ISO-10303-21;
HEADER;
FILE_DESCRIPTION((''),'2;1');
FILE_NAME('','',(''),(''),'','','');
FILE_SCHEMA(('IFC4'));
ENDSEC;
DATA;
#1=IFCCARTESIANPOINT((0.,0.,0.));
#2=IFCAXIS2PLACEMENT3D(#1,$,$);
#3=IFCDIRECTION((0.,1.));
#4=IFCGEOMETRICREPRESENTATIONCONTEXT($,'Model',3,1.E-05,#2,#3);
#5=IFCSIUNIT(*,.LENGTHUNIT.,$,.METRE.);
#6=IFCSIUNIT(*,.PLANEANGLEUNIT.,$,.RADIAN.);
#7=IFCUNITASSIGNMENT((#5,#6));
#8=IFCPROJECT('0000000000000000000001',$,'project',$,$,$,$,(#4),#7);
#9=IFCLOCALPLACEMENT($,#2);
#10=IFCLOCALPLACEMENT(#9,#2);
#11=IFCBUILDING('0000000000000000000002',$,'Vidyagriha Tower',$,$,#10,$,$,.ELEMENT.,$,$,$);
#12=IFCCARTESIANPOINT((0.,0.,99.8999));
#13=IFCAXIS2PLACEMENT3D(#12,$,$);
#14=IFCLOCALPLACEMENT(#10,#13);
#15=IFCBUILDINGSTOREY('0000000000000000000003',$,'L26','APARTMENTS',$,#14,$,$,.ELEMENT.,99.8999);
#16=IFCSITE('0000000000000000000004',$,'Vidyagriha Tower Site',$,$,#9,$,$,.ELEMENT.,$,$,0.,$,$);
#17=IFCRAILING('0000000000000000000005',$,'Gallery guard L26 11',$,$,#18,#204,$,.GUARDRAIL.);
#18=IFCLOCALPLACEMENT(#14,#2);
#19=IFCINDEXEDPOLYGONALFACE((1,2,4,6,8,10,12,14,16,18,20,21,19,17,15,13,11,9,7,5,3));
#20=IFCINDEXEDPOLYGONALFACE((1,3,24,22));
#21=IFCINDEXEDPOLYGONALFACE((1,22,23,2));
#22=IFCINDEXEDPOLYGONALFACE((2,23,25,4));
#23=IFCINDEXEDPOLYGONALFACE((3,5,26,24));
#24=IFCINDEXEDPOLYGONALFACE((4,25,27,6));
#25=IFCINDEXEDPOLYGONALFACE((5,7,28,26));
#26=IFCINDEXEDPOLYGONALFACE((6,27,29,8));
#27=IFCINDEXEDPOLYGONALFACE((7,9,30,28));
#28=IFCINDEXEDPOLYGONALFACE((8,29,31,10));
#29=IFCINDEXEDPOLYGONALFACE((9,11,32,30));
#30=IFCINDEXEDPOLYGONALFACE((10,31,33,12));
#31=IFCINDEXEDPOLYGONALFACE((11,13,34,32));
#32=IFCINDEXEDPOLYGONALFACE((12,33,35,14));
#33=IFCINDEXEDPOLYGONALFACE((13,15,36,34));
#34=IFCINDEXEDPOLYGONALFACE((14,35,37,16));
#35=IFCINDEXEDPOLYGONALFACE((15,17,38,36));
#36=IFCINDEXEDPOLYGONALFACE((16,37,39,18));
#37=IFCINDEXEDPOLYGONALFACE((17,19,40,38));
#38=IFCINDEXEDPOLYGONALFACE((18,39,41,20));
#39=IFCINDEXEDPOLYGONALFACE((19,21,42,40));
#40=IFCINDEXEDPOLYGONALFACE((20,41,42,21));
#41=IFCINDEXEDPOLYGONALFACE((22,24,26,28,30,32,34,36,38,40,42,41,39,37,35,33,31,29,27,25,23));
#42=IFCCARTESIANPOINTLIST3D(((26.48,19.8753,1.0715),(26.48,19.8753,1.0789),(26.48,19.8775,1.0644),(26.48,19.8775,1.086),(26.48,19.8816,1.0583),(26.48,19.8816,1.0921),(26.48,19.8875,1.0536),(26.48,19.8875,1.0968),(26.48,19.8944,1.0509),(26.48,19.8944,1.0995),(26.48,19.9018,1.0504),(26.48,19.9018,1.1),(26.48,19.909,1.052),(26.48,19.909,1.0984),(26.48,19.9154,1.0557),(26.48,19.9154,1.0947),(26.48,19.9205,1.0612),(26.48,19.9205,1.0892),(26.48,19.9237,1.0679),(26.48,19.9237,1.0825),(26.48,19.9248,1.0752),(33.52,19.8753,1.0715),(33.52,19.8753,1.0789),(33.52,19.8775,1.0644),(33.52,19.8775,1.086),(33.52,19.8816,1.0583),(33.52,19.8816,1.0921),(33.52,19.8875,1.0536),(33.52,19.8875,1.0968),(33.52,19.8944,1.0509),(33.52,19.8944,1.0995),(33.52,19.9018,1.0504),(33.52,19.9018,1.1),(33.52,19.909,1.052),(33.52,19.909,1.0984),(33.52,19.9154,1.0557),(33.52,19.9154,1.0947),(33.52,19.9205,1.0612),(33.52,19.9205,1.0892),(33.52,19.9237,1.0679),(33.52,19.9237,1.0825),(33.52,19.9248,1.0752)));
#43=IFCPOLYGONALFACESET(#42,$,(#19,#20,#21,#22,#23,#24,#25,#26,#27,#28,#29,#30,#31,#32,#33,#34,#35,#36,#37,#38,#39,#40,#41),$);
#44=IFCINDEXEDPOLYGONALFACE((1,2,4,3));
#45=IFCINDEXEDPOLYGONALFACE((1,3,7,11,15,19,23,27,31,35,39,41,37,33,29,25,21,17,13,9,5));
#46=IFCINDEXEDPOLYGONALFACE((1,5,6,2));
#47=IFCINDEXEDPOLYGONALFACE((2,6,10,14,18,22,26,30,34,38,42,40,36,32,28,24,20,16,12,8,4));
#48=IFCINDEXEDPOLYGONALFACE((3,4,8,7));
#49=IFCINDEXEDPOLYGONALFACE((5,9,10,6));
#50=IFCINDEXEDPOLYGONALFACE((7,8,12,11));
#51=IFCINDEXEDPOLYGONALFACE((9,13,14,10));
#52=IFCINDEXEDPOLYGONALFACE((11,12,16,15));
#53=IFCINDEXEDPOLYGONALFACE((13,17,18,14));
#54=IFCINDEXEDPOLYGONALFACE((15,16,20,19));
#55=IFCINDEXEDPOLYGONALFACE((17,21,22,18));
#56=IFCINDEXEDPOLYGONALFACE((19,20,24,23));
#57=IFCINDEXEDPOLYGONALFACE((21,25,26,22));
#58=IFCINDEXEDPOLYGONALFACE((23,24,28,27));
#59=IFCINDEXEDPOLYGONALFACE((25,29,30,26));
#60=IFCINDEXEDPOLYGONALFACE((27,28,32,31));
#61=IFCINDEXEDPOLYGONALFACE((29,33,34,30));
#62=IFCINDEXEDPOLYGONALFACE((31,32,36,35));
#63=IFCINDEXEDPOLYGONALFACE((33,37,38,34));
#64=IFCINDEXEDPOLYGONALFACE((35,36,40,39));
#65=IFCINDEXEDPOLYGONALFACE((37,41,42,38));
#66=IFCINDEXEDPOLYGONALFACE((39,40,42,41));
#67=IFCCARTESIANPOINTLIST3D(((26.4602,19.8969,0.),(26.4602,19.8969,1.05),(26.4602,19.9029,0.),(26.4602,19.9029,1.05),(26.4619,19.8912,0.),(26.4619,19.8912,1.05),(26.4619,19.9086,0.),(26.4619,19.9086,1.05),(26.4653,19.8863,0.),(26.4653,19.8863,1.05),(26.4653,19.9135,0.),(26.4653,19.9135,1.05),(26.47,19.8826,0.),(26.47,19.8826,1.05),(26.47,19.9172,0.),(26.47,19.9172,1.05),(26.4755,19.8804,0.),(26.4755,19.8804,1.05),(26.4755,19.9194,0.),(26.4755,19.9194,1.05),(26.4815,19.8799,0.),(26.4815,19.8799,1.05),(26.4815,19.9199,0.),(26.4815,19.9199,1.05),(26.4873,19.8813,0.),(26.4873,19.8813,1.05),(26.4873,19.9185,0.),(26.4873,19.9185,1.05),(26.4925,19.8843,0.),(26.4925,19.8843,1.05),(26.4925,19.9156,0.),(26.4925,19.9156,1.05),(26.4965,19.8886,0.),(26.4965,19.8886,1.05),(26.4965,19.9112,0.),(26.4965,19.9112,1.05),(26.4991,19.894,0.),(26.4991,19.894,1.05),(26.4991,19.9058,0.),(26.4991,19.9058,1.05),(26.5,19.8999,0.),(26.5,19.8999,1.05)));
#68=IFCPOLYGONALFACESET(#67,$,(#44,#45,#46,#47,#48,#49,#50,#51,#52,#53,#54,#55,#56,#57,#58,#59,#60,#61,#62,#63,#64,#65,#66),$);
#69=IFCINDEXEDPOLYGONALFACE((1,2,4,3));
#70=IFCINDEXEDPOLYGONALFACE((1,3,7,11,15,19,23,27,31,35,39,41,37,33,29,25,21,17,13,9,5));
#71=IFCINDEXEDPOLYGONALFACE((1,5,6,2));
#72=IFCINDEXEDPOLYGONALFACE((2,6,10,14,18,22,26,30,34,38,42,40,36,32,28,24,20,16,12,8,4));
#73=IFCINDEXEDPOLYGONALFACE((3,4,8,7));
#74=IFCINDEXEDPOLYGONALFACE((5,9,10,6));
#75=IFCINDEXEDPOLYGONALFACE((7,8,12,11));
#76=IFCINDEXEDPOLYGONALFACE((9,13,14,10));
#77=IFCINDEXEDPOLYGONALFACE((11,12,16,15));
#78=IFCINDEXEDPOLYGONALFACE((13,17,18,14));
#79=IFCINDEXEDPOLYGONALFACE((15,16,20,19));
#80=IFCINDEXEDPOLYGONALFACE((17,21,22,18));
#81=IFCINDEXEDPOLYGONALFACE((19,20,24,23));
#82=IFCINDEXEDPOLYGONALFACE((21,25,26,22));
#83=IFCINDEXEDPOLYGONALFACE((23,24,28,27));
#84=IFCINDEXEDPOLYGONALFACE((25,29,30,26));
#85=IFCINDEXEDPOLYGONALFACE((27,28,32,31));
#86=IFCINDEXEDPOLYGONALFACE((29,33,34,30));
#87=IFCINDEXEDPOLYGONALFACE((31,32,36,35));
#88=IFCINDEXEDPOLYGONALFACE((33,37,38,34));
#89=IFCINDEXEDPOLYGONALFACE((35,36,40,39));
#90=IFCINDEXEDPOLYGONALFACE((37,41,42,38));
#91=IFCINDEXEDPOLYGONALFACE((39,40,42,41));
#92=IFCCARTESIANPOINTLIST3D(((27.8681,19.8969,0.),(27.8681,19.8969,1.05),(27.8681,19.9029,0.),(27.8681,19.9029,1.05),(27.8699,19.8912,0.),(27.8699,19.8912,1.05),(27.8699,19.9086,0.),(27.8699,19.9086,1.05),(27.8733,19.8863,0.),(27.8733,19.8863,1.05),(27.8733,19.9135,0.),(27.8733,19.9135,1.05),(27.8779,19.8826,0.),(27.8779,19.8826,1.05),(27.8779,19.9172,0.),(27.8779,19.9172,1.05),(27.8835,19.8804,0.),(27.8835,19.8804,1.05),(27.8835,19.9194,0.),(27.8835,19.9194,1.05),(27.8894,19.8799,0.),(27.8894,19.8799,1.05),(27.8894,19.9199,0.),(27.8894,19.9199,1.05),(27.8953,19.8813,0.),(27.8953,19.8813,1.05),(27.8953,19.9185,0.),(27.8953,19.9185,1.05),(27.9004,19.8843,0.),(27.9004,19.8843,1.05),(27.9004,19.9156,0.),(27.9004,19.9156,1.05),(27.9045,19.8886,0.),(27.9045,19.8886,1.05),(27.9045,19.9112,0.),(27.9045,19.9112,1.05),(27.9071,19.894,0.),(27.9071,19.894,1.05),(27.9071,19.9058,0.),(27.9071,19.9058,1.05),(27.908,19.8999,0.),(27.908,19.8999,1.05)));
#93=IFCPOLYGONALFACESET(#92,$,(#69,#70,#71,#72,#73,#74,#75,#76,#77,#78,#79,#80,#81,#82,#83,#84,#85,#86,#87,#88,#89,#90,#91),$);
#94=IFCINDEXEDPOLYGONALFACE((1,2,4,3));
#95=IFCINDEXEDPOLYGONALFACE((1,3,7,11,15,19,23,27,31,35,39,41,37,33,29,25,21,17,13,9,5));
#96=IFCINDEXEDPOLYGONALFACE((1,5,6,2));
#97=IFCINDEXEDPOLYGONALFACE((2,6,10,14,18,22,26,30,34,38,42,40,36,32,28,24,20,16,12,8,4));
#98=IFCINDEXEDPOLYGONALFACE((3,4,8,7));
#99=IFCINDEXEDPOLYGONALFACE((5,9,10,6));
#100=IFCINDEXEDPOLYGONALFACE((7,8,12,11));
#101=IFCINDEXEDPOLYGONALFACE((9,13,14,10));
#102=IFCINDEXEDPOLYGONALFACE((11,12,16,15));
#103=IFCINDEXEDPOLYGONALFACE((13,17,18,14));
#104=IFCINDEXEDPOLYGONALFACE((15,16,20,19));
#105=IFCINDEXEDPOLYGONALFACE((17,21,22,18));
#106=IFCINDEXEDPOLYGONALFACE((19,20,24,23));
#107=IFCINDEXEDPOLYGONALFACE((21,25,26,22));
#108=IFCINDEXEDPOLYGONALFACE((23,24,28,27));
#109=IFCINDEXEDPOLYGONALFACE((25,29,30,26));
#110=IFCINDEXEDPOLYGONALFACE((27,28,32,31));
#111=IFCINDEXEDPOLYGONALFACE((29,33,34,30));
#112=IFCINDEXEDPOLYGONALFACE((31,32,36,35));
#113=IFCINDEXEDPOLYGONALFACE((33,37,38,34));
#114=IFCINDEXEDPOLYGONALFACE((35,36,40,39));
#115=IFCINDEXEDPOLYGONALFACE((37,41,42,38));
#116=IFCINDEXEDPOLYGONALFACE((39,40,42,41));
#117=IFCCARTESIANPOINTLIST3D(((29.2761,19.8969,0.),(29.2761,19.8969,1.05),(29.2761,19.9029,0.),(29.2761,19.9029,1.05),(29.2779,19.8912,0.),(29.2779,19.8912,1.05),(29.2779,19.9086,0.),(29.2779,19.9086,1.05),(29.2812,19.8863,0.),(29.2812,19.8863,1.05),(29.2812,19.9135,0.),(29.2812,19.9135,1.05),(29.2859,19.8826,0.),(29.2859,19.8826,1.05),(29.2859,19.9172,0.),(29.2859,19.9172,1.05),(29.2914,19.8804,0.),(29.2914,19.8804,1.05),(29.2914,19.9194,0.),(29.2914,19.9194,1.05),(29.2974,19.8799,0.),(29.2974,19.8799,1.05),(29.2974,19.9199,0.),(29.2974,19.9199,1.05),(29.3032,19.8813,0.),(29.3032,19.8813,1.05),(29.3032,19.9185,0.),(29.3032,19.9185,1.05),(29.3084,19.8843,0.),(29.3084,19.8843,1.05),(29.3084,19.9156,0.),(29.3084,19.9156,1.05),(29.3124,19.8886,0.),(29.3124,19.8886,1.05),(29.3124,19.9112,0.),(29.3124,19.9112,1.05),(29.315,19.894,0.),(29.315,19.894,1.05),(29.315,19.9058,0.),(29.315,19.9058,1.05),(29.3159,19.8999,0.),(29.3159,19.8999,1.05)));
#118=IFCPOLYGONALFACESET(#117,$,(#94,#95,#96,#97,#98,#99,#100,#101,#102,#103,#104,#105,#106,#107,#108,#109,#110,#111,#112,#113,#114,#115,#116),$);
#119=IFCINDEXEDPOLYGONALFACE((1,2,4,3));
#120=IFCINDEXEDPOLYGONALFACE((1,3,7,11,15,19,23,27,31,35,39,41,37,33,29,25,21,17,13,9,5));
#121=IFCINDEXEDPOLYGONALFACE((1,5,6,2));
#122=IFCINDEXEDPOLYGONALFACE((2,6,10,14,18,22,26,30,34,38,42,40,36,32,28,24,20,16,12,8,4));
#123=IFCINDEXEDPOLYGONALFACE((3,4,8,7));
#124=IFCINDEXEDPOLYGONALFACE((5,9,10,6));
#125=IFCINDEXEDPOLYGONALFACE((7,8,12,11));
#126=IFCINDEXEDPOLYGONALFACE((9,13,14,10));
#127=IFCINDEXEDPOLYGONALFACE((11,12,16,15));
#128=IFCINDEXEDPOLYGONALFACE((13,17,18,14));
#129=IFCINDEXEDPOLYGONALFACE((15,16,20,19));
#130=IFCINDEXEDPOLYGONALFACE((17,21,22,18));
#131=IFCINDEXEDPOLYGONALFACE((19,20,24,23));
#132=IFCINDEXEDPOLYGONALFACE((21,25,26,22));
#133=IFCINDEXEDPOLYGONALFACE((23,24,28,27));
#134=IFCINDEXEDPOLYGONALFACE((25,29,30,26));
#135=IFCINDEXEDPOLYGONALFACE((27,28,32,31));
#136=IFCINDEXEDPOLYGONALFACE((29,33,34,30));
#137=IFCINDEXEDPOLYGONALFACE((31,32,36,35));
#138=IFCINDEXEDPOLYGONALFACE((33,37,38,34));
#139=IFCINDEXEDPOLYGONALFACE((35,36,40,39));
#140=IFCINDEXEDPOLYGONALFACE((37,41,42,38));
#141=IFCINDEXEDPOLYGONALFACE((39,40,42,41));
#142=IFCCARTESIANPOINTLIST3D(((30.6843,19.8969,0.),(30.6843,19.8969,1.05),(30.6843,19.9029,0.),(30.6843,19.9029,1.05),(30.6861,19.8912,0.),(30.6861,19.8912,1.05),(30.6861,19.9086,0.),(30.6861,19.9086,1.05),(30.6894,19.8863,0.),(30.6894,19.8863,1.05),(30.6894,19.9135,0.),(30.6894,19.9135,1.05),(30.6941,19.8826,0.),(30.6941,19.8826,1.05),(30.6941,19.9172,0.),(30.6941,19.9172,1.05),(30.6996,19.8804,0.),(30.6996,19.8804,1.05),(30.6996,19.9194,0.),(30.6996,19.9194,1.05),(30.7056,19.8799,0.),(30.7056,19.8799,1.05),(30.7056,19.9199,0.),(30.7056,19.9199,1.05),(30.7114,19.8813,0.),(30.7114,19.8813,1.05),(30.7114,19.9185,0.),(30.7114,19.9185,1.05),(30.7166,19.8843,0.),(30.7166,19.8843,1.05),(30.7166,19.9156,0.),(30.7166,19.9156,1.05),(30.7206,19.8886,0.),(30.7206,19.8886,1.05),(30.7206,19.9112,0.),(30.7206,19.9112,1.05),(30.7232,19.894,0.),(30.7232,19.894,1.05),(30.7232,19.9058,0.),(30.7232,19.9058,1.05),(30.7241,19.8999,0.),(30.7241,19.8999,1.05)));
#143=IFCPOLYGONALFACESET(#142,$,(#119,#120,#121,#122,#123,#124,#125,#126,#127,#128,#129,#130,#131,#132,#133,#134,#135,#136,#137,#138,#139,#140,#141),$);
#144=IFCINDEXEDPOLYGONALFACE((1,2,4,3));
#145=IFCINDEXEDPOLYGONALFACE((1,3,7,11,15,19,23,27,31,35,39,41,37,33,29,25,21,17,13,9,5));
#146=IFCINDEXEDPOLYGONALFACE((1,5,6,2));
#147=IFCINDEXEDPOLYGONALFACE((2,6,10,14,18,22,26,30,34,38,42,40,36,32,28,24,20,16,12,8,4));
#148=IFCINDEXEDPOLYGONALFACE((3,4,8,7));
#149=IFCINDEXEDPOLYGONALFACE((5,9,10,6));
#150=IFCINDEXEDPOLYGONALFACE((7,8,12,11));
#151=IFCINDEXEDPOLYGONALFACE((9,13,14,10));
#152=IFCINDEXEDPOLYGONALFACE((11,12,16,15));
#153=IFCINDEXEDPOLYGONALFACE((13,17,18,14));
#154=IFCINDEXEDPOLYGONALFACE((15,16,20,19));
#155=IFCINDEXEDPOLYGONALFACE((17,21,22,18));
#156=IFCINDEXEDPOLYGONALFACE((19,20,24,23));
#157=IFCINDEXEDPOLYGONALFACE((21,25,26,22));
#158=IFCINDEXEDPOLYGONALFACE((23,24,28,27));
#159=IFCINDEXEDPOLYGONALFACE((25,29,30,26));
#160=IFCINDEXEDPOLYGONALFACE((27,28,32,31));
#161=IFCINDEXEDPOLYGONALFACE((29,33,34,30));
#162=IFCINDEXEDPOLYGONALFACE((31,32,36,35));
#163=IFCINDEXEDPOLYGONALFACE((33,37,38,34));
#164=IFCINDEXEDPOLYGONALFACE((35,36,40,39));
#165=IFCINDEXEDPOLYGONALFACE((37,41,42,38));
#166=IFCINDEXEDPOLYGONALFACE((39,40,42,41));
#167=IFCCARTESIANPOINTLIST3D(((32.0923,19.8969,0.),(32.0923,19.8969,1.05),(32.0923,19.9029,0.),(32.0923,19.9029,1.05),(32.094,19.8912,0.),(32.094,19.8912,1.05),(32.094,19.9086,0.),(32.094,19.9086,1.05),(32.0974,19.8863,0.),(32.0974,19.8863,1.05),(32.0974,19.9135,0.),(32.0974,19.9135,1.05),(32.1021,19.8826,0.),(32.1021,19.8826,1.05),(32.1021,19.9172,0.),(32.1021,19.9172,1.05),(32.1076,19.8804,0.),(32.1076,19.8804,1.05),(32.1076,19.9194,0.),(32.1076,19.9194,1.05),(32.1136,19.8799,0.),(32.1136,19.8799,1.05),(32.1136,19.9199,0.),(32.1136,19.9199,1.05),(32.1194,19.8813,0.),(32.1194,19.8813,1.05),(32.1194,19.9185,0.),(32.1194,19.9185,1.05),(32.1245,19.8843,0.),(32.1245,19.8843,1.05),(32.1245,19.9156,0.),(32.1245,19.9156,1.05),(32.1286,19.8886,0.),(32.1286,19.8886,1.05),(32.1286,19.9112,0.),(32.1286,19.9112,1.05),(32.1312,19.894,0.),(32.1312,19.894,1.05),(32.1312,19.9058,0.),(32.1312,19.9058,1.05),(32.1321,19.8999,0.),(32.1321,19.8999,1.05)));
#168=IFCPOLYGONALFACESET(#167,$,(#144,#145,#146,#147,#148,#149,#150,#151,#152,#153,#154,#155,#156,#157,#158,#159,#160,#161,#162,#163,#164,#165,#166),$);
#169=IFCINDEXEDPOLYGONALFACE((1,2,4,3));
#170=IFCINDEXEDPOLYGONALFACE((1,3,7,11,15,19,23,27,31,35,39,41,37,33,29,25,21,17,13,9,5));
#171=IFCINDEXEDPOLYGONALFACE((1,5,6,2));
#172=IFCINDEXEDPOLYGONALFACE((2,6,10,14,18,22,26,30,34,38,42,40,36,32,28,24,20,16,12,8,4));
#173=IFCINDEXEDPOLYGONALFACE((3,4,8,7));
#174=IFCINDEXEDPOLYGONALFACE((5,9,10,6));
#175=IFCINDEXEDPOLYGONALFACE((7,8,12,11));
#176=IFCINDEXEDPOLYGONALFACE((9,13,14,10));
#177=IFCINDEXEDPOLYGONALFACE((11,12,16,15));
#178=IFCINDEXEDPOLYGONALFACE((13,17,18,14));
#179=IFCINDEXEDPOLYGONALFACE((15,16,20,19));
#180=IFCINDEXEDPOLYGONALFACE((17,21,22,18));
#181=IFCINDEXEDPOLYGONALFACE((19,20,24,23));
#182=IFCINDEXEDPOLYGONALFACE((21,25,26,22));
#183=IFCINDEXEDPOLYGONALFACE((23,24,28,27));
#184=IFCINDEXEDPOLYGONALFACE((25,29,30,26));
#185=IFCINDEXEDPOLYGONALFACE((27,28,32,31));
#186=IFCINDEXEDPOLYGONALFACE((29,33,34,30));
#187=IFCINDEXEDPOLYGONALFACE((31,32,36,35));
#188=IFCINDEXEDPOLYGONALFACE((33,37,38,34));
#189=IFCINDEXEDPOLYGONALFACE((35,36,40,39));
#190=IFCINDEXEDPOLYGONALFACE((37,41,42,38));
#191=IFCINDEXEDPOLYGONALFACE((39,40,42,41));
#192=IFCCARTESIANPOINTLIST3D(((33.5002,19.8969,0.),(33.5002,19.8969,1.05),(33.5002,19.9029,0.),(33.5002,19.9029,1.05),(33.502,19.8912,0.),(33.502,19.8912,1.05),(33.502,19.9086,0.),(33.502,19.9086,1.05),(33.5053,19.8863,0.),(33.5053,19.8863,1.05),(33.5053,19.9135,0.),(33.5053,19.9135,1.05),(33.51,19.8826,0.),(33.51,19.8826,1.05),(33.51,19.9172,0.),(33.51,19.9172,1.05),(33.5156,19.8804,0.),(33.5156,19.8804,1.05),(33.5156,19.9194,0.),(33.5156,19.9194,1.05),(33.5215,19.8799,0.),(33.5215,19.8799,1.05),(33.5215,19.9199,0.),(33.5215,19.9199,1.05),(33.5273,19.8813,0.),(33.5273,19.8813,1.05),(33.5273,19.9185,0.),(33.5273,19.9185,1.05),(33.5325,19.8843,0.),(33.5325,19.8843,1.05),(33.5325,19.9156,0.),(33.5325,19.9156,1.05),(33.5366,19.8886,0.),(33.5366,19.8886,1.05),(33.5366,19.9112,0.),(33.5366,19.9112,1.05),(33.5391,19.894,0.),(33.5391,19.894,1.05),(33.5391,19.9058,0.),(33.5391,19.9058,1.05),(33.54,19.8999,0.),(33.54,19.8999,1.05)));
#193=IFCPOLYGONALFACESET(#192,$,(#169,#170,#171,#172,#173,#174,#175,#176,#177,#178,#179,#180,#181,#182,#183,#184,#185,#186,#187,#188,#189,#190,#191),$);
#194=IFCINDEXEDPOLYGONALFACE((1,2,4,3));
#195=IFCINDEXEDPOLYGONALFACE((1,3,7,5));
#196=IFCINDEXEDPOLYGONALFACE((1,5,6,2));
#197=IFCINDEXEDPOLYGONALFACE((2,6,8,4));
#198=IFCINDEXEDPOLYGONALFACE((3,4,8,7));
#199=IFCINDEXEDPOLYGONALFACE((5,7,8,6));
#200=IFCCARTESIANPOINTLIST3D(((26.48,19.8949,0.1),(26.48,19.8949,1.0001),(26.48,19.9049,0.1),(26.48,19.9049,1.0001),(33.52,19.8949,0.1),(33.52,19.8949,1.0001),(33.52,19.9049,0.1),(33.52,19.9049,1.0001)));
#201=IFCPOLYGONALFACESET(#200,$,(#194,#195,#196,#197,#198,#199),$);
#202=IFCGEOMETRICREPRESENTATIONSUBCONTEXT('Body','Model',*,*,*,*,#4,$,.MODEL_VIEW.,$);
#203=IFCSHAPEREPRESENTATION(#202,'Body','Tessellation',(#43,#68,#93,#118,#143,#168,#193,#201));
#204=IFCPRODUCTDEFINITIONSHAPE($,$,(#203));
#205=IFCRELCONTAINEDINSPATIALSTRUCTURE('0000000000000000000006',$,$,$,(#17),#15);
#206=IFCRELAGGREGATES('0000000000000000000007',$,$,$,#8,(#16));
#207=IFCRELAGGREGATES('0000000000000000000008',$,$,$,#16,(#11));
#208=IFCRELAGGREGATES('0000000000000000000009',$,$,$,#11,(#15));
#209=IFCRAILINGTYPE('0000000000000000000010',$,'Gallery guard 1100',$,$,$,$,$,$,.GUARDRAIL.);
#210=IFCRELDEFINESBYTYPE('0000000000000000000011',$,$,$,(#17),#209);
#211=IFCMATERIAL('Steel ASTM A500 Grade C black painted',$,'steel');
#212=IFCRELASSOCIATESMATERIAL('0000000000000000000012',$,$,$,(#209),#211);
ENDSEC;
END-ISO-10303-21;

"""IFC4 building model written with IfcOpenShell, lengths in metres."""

from ifc_helpers import new_model, si_unit, direction, frame, origin, origin_2d, place, context, subcontext, project, spatial, rectangle, circle, extrude, material, type_object, element, save


model = new_model("IFC4")

# Units and contexts
model_context = context("Model", 3, precision=1e-05, world=origin(), true_north=direction((0.0, 1.0)))
body_context = subcontext(model_context, "Body", "Model", "MODEL_VIEW")
ifc_project = project(units=[si_unit("LENGTHUNIT", "METRE"), si_unit("PLANEANGLEUNIT", "RADIAN")], contexts=[model_context])

# Site, building, storey
site_placement = place(None, origin())
site = spatial("IfcSite", under=ifc_project, at=site_placement, Name="Vidyagriha Tower Site", CompositionType="ELEMENT", RefElevation=0.0)
building_placement = place(site_placement, origin())
building = spatial("IfcBuilding", under=site, at=building_placement, Name="Vidyagriha Tower", CompositionType="ELEMENT")
storey_placement = place(building_placement, frame((0.0, 0.0, 99.8999)))
storey = spatial("IfcBuildingStorey", under=building, at=storey_placement, Name="L26", Description="APARTMENTS", CompositionType="ELEMENT", Elevation=99.8999)

# Railing
ifc_material_1 = material(Name="Steel ASTM A500 Grade C black painted", Category="steel")
railing_type = type_object("IfcRailingType", Name="Gallery guard 1100", PredefinedType="GUARDRAIL", material=ifc_material_1)
railing_1_placement = place(storey_placement, frame((26.48, 19.8999, 0.0)))
element("IfcRailing", 1, at=railing_1_placement, inside=storey, type_object=railing_type, Name="Gallery guard L26 11", PredefinedType="GUARDRAIL", context=body_context, shape_type="SweptSolid", body=[
    extrude(circle(Radius=0.0249, at=origin_2d()), frame((0.0, 0.0, 1.0752), z_axis=(1.0, 0.0, 0.0), x_axis=(0.0, 1.0, 0.0)), (0.0, 0.0, 1.0), 7.04),
    extrude(circle(Radius=0.02, at=origin_2d()), origin(), (0.0, 0.0, 1.0), 1.05),
    extrude(circle(Radius=0.02, at=origin_2d()), frame((1.408, 0.0, 0.0)), (0.0, 0.0, 1.0), 1.05),
    extrude(circle(Radius=0.02, at=origin_2d()), frame((2.8159, 0.0, 0.0)), (0.0, 0.0, 1.0), 1.05),
    extrude(circle(Radius=0.02, at=origin_2d()), frame((4.2241, 0.0, 0.0)), (0.0, 0.0, 1.0), 1.05),
    extrude(circle(Radius=0.02, at=origin_2d()), frame((5.6321, 0.0, 0.0)), (0.0, 0.0, 1.0), 1.05),
    extrude(circle(Radius=0.02, at=origin_2d()), frame((7.04, 0.0, 0.0)), (0.0, 0.0, 1.0), 1.05),
    extrude(rectangle(XDim=0.01, YDim=0.9001, at=origin_2d()), frame((0.0, 0.0, 0.55), z_axis=(1.0, 0.0, 0.0), x_axis=(0.0, 1.0, 0.0)), (0.0, 0.0, 1.0), 7.04),
])

save(model, "model.ifc")
